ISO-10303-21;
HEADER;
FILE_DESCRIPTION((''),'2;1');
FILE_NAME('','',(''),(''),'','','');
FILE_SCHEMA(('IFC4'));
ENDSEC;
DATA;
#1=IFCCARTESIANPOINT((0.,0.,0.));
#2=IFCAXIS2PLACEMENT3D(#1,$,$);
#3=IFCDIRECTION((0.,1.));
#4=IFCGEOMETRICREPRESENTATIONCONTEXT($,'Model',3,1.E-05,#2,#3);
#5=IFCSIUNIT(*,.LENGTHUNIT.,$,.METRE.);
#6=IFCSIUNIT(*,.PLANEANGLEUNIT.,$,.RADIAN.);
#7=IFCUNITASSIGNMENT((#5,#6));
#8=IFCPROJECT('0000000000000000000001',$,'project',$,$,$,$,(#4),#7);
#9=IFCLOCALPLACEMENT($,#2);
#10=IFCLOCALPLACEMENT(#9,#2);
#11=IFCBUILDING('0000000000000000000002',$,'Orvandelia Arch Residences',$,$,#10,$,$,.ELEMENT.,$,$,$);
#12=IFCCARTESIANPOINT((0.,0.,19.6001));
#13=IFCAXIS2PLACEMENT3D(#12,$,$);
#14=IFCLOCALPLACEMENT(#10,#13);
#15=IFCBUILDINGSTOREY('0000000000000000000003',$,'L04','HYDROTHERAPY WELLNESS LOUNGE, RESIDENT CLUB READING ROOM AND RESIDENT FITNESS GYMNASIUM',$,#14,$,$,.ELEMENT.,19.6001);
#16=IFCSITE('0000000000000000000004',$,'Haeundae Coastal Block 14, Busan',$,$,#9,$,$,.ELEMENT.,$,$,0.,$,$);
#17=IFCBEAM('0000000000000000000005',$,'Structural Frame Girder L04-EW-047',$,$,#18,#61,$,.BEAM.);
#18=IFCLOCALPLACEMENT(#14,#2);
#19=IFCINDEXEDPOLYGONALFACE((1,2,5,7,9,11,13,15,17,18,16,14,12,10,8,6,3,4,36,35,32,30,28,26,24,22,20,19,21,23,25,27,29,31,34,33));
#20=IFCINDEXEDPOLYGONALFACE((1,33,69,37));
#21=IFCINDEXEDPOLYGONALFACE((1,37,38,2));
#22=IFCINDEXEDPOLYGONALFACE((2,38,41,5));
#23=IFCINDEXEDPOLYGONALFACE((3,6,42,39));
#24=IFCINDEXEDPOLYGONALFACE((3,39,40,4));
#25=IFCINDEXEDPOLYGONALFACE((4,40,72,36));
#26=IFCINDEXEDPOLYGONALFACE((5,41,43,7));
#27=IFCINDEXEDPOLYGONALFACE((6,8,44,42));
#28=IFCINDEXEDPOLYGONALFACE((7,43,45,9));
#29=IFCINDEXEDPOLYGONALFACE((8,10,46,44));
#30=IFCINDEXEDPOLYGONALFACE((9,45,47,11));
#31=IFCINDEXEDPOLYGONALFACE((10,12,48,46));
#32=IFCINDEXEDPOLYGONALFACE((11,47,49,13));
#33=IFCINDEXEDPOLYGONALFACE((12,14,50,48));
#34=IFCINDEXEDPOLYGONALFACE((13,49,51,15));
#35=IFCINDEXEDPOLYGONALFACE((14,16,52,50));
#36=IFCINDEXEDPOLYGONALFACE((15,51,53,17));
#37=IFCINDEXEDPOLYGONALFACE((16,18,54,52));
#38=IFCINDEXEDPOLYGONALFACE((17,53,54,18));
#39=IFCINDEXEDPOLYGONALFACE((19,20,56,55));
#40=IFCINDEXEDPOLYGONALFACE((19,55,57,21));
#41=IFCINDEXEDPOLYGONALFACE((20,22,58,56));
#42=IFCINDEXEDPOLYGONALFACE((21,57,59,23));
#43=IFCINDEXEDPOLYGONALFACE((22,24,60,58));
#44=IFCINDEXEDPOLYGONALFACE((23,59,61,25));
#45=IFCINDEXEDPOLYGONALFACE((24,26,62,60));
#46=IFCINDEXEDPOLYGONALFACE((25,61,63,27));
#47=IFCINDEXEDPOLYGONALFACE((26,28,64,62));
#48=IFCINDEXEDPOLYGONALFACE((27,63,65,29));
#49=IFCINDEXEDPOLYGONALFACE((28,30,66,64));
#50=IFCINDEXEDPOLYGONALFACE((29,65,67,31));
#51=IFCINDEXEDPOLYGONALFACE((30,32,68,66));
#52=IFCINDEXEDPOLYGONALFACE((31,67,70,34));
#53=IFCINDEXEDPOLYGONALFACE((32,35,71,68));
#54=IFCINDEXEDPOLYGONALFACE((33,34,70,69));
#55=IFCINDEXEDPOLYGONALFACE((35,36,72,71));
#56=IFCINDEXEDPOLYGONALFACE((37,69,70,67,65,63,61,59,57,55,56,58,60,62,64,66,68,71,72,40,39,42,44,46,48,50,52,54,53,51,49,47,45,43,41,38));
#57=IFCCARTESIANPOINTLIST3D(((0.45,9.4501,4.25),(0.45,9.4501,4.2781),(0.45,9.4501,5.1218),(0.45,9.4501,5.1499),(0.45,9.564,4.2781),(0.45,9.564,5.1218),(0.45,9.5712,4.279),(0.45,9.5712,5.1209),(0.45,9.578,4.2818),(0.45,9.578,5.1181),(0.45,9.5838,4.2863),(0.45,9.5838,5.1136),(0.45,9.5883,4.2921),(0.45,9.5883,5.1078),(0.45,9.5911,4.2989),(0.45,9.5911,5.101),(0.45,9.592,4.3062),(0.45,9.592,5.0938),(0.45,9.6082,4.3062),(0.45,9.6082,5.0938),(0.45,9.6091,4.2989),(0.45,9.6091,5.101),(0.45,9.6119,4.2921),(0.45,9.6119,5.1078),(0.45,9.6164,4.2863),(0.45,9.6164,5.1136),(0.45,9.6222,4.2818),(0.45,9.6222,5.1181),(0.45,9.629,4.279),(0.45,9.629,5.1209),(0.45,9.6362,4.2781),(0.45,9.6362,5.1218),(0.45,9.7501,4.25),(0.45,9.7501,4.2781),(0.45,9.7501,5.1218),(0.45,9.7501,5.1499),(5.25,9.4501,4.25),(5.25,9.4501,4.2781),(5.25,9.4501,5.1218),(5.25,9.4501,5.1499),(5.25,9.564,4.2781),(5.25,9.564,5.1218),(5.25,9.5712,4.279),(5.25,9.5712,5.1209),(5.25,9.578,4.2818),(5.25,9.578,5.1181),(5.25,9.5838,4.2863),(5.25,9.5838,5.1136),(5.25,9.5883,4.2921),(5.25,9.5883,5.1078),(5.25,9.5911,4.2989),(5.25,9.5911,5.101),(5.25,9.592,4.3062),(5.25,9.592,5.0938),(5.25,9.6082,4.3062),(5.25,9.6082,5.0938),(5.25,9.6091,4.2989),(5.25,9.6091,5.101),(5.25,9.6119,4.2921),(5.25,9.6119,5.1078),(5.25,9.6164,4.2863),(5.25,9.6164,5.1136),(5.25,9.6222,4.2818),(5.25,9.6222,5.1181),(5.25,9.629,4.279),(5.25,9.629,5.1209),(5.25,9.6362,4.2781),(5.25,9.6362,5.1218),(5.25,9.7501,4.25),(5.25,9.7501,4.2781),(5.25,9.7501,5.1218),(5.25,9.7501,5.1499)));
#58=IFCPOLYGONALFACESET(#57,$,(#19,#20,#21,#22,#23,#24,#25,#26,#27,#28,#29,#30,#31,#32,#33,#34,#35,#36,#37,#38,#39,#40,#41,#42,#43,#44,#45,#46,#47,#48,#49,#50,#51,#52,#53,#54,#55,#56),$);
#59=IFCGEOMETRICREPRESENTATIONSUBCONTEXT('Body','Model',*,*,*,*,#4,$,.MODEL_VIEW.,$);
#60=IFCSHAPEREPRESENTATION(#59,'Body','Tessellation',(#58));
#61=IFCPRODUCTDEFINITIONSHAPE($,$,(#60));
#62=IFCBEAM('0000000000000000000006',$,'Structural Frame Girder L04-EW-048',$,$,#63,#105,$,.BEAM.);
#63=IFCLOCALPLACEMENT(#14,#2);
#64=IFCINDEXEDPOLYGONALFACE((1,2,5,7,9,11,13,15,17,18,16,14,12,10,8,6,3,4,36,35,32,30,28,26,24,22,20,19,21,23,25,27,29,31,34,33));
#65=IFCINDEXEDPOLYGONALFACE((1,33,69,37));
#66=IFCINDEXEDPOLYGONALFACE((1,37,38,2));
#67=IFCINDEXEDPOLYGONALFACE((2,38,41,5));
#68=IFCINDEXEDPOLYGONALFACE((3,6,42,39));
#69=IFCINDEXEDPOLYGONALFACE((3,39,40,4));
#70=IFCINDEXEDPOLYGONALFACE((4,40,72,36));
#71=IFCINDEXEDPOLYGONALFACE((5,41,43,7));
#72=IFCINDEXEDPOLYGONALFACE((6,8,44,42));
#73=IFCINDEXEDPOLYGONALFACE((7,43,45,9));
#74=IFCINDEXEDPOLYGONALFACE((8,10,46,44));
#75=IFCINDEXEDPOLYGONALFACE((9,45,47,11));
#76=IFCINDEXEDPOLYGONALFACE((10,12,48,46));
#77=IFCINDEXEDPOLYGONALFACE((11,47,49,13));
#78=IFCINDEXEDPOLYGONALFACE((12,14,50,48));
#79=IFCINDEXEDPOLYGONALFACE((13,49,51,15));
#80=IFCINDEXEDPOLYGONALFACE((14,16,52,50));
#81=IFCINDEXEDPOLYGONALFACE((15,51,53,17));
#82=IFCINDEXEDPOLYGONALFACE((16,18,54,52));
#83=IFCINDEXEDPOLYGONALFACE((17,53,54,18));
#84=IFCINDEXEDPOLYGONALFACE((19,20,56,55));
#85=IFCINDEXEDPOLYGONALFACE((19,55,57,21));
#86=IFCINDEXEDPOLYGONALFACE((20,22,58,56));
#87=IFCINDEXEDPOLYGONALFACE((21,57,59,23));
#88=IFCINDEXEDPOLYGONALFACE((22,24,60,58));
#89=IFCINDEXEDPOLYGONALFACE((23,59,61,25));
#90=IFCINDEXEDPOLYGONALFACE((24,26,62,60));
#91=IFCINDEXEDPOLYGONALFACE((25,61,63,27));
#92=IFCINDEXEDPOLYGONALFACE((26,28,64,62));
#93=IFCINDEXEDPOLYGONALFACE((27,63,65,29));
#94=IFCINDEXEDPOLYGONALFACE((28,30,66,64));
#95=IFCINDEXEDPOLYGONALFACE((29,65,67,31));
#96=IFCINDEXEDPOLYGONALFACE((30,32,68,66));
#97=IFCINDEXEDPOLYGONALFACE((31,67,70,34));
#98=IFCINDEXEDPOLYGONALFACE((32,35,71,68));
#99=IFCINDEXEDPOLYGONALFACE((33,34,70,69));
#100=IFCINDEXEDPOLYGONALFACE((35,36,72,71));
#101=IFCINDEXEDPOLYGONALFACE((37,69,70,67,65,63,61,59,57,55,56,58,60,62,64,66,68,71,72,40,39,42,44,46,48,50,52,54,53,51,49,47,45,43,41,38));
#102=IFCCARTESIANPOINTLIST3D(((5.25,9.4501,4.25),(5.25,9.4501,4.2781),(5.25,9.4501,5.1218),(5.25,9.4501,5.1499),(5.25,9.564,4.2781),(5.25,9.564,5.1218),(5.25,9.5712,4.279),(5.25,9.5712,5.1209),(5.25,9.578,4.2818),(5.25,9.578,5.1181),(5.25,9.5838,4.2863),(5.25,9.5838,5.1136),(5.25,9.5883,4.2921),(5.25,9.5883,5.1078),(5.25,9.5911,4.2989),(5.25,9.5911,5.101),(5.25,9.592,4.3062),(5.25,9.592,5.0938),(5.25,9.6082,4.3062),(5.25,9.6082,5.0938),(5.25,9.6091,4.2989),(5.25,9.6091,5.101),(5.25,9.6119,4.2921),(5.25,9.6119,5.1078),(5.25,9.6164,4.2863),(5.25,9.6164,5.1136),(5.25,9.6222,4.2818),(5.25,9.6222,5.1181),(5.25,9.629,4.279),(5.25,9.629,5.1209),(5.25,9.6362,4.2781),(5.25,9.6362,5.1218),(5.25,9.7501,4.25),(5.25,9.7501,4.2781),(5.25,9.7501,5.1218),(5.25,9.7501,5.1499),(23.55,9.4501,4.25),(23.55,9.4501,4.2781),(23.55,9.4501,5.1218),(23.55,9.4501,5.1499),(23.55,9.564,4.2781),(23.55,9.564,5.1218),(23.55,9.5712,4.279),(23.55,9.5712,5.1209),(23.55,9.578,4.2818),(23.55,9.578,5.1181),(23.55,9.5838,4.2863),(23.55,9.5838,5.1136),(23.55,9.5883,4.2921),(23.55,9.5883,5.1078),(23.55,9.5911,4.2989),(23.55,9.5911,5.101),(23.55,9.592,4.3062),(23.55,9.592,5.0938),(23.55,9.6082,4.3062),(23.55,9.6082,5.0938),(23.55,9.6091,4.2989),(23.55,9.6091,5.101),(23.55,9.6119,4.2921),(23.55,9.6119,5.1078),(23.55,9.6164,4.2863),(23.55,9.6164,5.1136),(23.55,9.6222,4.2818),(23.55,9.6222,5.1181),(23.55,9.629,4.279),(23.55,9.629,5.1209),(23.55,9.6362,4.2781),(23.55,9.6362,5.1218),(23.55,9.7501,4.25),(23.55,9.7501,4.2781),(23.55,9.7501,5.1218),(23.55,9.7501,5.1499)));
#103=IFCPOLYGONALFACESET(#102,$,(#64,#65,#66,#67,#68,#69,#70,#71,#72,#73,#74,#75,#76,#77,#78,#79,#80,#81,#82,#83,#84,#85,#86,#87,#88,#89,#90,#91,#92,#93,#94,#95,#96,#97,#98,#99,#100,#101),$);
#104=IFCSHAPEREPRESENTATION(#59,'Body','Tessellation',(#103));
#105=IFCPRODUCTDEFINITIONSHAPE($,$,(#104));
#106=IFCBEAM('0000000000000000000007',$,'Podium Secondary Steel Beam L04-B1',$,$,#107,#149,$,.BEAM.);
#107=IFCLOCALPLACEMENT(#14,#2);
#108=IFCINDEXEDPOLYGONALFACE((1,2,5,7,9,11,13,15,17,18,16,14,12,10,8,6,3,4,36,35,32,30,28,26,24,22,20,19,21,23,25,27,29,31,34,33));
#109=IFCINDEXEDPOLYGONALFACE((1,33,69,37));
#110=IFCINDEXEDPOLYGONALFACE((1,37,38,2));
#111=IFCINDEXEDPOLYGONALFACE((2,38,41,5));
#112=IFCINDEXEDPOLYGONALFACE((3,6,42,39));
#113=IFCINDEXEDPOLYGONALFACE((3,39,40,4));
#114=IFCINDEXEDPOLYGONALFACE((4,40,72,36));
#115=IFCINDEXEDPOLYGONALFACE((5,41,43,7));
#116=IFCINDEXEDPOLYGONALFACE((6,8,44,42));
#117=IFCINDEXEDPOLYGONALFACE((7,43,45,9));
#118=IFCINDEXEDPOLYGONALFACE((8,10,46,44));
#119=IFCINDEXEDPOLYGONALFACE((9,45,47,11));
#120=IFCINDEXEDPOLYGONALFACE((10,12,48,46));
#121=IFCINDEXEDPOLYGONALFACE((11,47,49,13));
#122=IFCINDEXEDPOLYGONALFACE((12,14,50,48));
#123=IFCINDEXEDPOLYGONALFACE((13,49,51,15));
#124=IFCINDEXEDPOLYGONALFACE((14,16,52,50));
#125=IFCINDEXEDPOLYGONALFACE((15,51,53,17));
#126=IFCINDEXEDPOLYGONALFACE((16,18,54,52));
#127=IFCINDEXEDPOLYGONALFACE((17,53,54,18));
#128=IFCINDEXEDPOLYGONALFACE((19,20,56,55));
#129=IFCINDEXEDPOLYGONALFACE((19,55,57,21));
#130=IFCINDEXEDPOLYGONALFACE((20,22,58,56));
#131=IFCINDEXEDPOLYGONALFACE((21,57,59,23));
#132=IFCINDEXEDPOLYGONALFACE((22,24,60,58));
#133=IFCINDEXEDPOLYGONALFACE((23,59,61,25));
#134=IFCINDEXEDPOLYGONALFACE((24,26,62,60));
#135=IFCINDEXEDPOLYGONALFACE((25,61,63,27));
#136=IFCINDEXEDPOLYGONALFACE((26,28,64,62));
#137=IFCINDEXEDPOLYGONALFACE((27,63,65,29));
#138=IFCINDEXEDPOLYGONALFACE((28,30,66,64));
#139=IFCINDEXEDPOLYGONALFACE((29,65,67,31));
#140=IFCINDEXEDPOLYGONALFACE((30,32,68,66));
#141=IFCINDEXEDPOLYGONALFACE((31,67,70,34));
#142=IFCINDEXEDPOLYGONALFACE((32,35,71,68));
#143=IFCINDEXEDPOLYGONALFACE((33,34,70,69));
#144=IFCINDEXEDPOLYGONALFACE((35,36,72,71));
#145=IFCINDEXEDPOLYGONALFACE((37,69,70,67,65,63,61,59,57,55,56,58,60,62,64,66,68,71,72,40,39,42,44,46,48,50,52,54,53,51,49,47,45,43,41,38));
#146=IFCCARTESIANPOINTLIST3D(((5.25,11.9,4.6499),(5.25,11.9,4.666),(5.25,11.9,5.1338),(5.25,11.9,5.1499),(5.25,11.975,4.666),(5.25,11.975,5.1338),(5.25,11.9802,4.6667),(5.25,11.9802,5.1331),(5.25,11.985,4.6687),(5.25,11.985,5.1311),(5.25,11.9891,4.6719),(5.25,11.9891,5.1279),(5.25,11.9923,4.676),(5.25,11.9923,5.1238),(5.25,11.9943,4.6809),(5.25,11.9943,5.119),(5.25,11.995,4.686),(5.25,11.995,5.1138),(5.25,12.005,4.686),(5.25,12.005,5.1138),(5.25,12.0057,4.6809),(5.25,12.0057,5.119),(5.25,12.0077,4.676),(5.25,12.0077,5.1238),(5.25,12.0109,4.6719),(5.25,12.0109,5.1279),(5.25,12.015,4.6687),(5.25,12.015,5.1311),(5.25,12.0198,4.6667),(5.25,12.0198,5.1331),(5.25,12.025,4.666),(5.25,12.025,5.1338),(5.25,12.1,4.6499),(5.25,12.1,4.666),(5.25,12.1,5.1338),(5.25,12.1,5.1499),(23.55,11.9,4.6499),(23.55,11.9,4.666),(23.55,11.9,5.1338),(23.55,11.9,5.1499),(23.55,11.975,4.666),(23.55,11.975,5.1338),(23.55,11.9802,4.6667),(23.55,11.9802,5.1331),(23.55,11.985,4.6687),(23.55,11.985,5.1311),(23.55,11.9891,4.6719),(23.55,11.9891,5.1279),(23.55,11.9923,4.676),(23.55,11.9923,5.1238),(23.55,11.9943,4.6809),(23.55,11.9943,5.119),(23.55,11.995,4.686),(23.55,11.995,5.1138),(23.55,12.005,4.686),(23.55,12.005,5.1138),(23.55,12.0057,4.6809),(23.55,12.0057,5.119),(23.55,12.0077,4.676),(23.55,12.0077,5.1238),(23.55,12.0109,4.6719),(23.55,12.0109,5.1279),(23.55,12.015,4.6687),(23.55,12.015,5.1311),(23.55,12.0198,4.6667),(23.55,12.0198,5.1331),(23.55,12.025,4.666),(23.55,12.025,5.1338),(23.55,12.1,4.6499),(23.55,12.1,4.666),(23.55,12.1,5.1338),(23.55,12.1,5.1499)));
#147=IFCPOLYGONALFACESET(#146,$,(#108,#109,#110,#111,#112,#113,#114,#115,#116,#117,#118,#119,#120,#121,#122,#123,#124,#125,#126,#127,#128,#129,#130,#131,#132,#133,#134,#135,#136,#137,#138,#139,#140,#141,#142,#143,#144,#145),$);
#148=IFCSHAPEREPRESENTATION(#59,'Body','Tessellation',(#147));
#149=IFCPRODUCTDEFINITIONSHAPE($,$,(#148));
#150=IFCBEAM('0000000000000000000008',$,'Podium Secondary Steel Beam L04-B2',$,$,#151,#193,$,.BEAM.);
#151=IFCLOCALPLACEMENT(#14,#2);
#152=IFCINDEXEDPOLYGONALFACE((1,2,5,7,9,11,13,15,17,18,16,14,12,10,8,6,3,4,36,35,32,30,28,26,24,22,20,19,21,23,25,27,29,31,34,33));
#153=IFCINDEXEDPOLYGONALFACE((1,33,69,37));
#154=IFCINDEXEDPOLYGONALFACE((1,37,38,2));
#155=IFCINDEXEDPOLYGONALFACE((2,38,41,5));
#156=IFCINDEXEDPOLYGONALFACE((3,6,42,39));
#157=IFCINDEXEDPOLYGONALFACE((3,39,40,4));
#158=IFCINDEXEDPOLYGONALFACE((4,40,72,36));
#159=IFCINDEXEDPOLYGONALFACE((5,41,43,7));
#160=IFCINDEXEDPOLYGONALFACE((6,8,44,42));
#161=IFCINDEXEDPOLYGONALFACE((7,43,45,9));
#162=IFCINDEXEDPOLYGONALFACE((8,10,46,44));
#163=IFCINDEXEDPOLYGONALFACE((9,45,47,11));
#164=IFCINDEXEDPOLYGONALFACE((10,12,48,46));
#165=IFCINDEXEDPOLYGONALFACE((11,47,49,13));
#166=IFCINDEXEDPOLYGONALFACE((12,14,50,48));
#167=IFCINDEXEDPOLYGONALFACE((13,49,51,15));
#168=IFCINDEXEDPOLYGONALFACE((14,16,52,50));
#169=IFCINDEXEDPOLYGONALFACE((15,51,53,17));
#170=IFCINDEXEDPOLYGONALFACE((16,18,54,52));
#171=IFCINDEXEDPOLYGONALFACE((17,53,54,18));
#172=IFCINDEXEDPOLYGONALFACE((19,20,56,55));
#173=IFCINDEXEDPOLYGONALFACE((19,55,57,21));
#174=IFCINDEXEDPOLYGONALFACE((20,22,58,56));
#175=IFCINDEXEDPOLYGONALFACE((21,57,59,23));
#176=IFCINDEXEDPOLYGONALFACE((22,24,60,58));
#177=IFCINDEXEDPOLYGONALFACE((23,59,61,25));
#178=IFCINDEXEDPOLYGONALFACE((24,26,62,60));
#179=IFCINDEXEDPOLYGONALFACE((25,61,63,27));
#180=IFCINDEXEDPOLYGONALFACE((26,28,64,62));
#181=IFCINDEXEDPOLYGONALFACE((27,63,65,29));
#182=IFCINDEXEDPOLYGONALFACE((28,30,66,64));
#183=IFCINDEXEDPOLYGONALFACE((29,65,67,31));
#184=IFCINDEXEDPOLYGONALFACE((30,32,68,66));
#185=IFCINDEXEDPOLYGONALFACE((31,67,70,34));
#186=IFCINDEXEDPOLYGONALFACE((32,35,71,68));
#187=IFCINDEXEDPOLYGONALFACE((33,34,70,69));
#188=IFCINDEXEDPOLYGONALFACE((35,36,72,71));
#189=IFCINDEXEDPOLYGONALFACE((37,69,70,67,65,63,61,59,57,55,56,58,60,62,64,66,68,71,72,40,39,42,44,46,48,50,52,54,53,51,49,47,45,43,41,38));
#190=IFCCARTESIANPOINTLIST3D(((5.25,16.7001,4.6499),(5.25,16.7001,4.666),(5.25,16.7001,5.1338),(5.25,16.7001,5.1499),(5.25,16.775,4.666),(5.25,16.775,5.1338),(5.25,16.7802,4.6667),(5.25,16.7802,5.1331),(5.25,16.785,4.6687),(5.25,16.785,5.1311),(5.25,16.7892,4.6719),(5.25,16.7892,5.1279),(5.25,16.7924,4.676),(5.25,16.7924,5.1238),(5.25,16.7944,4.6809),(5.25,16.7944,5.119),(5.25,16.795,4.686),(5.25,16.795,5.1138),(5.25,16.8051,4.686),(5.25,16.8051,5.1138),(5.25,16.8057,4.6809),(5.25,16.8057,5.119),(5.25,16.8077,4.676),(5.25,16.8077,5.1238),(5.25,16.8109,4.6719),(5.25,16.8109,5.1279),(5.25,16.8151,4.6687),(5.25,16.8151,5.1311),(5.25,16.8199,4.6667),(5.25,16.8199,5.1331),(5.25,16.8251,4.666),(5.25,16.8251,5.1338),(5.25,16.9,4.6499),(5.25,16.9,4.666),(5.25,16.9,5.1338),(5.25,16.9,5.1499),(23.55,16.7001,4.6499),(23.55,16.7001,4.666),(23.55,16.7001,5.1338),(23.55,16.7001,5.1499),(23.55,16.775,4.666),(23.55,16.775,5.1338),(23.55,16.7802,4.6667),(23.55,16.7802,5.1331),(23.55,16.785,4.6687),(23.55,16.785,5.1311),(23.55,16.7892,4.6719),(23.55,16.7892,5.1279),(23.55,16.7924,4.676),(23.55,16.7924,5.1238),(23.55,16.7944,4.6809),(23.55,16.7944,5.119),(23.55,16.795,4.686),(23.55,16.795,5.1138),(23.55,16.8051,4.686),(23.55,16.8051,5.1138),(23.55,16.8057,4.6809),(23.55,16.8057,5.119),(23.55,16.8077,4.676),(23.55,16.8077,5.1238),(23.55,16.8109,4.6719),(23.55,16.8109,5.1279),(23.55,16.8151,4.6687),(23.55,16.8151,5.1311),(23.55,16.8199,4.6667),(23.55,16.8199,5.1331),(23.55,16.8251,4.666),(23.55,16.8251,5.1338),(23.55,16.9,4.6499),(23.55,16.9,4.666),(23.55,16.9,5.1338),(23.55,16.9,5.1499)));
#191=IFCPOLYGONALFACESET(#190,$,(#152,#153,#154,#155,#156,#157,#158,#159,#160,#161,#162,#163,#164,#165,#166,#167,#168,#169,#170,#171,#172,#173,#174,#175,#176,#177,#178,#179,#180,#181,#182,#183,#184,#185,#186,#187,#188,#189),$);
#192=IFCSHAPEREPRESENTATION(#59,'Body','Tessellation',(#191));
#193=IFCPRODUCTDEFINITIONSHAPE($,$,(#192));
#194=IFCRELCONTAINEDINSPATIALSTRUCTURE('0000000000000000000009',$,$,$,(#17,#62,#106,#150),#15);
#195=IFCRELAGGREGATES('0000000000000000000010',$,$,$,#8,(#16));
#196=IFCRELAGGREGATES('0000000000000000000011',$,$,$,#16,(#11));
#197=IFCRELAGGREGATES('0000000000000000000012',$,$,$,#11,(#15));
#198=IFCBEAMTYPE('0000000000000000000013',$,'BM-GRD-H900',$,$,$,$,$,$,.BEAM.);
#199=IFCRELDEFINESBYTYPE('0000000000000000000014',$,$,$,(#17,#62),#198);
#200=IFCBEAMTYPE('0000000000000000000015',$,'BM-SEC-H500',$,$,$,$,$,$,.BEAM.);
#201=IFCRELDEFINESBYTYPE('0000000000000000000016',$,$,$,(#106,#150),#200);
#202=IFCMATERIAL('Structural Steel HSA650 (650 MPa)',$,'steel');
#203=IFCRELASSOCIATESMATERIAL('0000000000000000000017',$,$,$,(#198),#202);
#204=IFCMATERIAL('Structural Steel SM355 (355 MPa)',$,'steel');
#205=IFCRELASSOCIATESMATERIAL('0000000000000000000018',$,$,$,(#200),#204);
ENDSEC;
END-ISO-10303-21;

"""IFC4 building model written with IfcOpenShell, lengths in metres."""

from ifc_helpers import new_model, si_unit, direction, frame, origin, origin_2d, place, context, subcontext, project, spatial, i_section, extrude, material, material_profile, profile_set, type_object, element, save


model = new_model("IFC4")

# Units and contexts
model_context = context("Model", 3, precision=1e-05, world=origin(), true_north=direction((0.0, 1.0)))
body_context = subcontext(model_context, "Body", "Model", "MODEL_VIEW")
ifc_project = project(units=[si_unit("LENGTHUNIT", "METRE"), si_unit("PLANEANGLEUNIT", "RADIAN")], contexts=[model_context])

# Site, building, storey
site_placement = place(None, origin())
site = spatial("IfcSite", under=ifc_project, at=site_placement, Name="Haeundae Coastal Block 14, Busan", CompositionType="ELEMENT", RefElevation=0.0)
building_placement = place(site_placement, origin())
building = spatial("IfcBuilding", under=site, at=building_placement, Name="Orvandelia Arch Residences", CompositionType="ELEMENT")
storey_placement = place(building_placement, frame((0.0, 0.0, 19.6001)))
storey = spatial("IfcBuildingStorey", under=building, at=storey_placement, Name="L04", Description="HYDROTHERAPY WELLNESS LOUNGE, RESIDENT CLUB READING ROOM AND RESIDENT FITNESS GYMNASIUM", CompositionType="ELEMENT", Elevation=19.6001)

# Beams
ifc_material_1 = material(Name="Structural Steel HSA650 (650 MPa)", Category="steel")
ifc_material_profile_1 = material_profile(ifc_material_1, i_section(OverallWidth=0.3, OverallDepth=0.8999, WebThickness=0.0161, FlangeThickness=0.0281, FilletRadius=0.0281, at=origin_2d()), Name="Structural Steel HSA650 (650 MPa)", Category="steel")
ifc_profile_set_1 = profile_set([ifc_material_profile_1], Name="Structural Steel HSA650 (650 MPa)")
beam_type_1 = type_object("IfcBeamType", Name="BM-GRD-H900", PredefinedType="BEAM", material=ifc_profile_set_1)
for number, where, z_axis, x_axis, name in (
    (1, (0.45, 9.6001, 4.7), (1.0, 0.0, 0.0), (0.0, 1.0, 0.0), "Structural Frame Girder L04-EW-047"),
):
    element("IfcBeam", number, at=place(storey_placement, frame(where, z_axis=z_axis, x_axis=x_axis)), inside=storey, type_object=beam_type_1, Name=name, PredefinedType="BEAM", context=body_context, shape_type="SweptSolid", body=[
        extrude(i_section(OverallWidth=0.3, OverallDepth=0.8999, WebThickness=0.0161, FlangeThickness=0.0281, FilletRadius=0.0281, at=origin_2d()), origin(), (0.0, 0.0, 1.0), 4.8),
    ])
beam_1_placement = place(storey_placement, frame((5.25, 9.6001, 4.7), z_axis=(1.0, 0.0, 0.0), x_axis=(0.0, 1.0, 0.0)))
element("IfcBeam", 2, at=beam_1_placement, inside=storey, type_object=beam_type_1, Name="Structural Frame Girder L04-EW-048", PredefinedType="BEAM", context=body_context, shape_type="SweptSolid", body=[
    extrude(i_section(OverallWidth=0.3, OverallDepth=0.8999, WebThickness=0.0161, FlangeThickness=0.0281, FilletRadius=0.0281, at=origin_2d()), origin(), (0.0, 0.0, 1.0), 18.3),
])
ifc_material_2 = material(Name="Structural Steel SM355 (355 MPa)", Category="steel")
ifc_material_profile_2 = material_profile(ifc_material_2, i_section(OverallWidth=0.2, OverallDepth=0.5, WebThickness=0.01, FlangeThickness=0.0161, FilletRadius=0.02, at=origin_2d()), Name="Structural Steel SM355 (355 MPa)", Category="steel")
ifc_profile_set_2 = profile_set([ifc_material_profile_2], Name="Structural Steel SM355 (355 MPa)")
beam_type_2 = type_object("IfcBeamType", Name="BM-SEC-H500", PredefinedType="BEAM", material=ifc_profile_set_2)
for number, where, z_axis, x_axis, name in (
    (3, (5.25, 12.0, 4.8999), (1.0, 0.0, 0.0), (0.0, 1.0, 0.0), "Podium Secondary Steel Beam L04-B1"),
    (4, (5.25, 16.8, 4.8999), (1.0, 0.0, 0.0), (0.0, 1.0, 0.0), "Podium Secondary Steel Beam L04-B2"),
):
    element("IfcBeam", number, at=place(storey_placement, frame(where, z_axis=z_axis, x_axis=x_axis)), inside=storey, type_object=beam_type_2, Name=name, PredefinedType="BEAM", context=body_context, shape_type="SweptSolid", body=[
        extrude(i_section(OverallWidth=0.2, OverallDepth=0.5, WebThickness=0.01, FlangeThickness=0.0161, FilletRadius=0.02, at=origin_2d()), origin(), (0.0, 0.0, 1.0), 18.3),
    ])

save(model, "model.ifc")
